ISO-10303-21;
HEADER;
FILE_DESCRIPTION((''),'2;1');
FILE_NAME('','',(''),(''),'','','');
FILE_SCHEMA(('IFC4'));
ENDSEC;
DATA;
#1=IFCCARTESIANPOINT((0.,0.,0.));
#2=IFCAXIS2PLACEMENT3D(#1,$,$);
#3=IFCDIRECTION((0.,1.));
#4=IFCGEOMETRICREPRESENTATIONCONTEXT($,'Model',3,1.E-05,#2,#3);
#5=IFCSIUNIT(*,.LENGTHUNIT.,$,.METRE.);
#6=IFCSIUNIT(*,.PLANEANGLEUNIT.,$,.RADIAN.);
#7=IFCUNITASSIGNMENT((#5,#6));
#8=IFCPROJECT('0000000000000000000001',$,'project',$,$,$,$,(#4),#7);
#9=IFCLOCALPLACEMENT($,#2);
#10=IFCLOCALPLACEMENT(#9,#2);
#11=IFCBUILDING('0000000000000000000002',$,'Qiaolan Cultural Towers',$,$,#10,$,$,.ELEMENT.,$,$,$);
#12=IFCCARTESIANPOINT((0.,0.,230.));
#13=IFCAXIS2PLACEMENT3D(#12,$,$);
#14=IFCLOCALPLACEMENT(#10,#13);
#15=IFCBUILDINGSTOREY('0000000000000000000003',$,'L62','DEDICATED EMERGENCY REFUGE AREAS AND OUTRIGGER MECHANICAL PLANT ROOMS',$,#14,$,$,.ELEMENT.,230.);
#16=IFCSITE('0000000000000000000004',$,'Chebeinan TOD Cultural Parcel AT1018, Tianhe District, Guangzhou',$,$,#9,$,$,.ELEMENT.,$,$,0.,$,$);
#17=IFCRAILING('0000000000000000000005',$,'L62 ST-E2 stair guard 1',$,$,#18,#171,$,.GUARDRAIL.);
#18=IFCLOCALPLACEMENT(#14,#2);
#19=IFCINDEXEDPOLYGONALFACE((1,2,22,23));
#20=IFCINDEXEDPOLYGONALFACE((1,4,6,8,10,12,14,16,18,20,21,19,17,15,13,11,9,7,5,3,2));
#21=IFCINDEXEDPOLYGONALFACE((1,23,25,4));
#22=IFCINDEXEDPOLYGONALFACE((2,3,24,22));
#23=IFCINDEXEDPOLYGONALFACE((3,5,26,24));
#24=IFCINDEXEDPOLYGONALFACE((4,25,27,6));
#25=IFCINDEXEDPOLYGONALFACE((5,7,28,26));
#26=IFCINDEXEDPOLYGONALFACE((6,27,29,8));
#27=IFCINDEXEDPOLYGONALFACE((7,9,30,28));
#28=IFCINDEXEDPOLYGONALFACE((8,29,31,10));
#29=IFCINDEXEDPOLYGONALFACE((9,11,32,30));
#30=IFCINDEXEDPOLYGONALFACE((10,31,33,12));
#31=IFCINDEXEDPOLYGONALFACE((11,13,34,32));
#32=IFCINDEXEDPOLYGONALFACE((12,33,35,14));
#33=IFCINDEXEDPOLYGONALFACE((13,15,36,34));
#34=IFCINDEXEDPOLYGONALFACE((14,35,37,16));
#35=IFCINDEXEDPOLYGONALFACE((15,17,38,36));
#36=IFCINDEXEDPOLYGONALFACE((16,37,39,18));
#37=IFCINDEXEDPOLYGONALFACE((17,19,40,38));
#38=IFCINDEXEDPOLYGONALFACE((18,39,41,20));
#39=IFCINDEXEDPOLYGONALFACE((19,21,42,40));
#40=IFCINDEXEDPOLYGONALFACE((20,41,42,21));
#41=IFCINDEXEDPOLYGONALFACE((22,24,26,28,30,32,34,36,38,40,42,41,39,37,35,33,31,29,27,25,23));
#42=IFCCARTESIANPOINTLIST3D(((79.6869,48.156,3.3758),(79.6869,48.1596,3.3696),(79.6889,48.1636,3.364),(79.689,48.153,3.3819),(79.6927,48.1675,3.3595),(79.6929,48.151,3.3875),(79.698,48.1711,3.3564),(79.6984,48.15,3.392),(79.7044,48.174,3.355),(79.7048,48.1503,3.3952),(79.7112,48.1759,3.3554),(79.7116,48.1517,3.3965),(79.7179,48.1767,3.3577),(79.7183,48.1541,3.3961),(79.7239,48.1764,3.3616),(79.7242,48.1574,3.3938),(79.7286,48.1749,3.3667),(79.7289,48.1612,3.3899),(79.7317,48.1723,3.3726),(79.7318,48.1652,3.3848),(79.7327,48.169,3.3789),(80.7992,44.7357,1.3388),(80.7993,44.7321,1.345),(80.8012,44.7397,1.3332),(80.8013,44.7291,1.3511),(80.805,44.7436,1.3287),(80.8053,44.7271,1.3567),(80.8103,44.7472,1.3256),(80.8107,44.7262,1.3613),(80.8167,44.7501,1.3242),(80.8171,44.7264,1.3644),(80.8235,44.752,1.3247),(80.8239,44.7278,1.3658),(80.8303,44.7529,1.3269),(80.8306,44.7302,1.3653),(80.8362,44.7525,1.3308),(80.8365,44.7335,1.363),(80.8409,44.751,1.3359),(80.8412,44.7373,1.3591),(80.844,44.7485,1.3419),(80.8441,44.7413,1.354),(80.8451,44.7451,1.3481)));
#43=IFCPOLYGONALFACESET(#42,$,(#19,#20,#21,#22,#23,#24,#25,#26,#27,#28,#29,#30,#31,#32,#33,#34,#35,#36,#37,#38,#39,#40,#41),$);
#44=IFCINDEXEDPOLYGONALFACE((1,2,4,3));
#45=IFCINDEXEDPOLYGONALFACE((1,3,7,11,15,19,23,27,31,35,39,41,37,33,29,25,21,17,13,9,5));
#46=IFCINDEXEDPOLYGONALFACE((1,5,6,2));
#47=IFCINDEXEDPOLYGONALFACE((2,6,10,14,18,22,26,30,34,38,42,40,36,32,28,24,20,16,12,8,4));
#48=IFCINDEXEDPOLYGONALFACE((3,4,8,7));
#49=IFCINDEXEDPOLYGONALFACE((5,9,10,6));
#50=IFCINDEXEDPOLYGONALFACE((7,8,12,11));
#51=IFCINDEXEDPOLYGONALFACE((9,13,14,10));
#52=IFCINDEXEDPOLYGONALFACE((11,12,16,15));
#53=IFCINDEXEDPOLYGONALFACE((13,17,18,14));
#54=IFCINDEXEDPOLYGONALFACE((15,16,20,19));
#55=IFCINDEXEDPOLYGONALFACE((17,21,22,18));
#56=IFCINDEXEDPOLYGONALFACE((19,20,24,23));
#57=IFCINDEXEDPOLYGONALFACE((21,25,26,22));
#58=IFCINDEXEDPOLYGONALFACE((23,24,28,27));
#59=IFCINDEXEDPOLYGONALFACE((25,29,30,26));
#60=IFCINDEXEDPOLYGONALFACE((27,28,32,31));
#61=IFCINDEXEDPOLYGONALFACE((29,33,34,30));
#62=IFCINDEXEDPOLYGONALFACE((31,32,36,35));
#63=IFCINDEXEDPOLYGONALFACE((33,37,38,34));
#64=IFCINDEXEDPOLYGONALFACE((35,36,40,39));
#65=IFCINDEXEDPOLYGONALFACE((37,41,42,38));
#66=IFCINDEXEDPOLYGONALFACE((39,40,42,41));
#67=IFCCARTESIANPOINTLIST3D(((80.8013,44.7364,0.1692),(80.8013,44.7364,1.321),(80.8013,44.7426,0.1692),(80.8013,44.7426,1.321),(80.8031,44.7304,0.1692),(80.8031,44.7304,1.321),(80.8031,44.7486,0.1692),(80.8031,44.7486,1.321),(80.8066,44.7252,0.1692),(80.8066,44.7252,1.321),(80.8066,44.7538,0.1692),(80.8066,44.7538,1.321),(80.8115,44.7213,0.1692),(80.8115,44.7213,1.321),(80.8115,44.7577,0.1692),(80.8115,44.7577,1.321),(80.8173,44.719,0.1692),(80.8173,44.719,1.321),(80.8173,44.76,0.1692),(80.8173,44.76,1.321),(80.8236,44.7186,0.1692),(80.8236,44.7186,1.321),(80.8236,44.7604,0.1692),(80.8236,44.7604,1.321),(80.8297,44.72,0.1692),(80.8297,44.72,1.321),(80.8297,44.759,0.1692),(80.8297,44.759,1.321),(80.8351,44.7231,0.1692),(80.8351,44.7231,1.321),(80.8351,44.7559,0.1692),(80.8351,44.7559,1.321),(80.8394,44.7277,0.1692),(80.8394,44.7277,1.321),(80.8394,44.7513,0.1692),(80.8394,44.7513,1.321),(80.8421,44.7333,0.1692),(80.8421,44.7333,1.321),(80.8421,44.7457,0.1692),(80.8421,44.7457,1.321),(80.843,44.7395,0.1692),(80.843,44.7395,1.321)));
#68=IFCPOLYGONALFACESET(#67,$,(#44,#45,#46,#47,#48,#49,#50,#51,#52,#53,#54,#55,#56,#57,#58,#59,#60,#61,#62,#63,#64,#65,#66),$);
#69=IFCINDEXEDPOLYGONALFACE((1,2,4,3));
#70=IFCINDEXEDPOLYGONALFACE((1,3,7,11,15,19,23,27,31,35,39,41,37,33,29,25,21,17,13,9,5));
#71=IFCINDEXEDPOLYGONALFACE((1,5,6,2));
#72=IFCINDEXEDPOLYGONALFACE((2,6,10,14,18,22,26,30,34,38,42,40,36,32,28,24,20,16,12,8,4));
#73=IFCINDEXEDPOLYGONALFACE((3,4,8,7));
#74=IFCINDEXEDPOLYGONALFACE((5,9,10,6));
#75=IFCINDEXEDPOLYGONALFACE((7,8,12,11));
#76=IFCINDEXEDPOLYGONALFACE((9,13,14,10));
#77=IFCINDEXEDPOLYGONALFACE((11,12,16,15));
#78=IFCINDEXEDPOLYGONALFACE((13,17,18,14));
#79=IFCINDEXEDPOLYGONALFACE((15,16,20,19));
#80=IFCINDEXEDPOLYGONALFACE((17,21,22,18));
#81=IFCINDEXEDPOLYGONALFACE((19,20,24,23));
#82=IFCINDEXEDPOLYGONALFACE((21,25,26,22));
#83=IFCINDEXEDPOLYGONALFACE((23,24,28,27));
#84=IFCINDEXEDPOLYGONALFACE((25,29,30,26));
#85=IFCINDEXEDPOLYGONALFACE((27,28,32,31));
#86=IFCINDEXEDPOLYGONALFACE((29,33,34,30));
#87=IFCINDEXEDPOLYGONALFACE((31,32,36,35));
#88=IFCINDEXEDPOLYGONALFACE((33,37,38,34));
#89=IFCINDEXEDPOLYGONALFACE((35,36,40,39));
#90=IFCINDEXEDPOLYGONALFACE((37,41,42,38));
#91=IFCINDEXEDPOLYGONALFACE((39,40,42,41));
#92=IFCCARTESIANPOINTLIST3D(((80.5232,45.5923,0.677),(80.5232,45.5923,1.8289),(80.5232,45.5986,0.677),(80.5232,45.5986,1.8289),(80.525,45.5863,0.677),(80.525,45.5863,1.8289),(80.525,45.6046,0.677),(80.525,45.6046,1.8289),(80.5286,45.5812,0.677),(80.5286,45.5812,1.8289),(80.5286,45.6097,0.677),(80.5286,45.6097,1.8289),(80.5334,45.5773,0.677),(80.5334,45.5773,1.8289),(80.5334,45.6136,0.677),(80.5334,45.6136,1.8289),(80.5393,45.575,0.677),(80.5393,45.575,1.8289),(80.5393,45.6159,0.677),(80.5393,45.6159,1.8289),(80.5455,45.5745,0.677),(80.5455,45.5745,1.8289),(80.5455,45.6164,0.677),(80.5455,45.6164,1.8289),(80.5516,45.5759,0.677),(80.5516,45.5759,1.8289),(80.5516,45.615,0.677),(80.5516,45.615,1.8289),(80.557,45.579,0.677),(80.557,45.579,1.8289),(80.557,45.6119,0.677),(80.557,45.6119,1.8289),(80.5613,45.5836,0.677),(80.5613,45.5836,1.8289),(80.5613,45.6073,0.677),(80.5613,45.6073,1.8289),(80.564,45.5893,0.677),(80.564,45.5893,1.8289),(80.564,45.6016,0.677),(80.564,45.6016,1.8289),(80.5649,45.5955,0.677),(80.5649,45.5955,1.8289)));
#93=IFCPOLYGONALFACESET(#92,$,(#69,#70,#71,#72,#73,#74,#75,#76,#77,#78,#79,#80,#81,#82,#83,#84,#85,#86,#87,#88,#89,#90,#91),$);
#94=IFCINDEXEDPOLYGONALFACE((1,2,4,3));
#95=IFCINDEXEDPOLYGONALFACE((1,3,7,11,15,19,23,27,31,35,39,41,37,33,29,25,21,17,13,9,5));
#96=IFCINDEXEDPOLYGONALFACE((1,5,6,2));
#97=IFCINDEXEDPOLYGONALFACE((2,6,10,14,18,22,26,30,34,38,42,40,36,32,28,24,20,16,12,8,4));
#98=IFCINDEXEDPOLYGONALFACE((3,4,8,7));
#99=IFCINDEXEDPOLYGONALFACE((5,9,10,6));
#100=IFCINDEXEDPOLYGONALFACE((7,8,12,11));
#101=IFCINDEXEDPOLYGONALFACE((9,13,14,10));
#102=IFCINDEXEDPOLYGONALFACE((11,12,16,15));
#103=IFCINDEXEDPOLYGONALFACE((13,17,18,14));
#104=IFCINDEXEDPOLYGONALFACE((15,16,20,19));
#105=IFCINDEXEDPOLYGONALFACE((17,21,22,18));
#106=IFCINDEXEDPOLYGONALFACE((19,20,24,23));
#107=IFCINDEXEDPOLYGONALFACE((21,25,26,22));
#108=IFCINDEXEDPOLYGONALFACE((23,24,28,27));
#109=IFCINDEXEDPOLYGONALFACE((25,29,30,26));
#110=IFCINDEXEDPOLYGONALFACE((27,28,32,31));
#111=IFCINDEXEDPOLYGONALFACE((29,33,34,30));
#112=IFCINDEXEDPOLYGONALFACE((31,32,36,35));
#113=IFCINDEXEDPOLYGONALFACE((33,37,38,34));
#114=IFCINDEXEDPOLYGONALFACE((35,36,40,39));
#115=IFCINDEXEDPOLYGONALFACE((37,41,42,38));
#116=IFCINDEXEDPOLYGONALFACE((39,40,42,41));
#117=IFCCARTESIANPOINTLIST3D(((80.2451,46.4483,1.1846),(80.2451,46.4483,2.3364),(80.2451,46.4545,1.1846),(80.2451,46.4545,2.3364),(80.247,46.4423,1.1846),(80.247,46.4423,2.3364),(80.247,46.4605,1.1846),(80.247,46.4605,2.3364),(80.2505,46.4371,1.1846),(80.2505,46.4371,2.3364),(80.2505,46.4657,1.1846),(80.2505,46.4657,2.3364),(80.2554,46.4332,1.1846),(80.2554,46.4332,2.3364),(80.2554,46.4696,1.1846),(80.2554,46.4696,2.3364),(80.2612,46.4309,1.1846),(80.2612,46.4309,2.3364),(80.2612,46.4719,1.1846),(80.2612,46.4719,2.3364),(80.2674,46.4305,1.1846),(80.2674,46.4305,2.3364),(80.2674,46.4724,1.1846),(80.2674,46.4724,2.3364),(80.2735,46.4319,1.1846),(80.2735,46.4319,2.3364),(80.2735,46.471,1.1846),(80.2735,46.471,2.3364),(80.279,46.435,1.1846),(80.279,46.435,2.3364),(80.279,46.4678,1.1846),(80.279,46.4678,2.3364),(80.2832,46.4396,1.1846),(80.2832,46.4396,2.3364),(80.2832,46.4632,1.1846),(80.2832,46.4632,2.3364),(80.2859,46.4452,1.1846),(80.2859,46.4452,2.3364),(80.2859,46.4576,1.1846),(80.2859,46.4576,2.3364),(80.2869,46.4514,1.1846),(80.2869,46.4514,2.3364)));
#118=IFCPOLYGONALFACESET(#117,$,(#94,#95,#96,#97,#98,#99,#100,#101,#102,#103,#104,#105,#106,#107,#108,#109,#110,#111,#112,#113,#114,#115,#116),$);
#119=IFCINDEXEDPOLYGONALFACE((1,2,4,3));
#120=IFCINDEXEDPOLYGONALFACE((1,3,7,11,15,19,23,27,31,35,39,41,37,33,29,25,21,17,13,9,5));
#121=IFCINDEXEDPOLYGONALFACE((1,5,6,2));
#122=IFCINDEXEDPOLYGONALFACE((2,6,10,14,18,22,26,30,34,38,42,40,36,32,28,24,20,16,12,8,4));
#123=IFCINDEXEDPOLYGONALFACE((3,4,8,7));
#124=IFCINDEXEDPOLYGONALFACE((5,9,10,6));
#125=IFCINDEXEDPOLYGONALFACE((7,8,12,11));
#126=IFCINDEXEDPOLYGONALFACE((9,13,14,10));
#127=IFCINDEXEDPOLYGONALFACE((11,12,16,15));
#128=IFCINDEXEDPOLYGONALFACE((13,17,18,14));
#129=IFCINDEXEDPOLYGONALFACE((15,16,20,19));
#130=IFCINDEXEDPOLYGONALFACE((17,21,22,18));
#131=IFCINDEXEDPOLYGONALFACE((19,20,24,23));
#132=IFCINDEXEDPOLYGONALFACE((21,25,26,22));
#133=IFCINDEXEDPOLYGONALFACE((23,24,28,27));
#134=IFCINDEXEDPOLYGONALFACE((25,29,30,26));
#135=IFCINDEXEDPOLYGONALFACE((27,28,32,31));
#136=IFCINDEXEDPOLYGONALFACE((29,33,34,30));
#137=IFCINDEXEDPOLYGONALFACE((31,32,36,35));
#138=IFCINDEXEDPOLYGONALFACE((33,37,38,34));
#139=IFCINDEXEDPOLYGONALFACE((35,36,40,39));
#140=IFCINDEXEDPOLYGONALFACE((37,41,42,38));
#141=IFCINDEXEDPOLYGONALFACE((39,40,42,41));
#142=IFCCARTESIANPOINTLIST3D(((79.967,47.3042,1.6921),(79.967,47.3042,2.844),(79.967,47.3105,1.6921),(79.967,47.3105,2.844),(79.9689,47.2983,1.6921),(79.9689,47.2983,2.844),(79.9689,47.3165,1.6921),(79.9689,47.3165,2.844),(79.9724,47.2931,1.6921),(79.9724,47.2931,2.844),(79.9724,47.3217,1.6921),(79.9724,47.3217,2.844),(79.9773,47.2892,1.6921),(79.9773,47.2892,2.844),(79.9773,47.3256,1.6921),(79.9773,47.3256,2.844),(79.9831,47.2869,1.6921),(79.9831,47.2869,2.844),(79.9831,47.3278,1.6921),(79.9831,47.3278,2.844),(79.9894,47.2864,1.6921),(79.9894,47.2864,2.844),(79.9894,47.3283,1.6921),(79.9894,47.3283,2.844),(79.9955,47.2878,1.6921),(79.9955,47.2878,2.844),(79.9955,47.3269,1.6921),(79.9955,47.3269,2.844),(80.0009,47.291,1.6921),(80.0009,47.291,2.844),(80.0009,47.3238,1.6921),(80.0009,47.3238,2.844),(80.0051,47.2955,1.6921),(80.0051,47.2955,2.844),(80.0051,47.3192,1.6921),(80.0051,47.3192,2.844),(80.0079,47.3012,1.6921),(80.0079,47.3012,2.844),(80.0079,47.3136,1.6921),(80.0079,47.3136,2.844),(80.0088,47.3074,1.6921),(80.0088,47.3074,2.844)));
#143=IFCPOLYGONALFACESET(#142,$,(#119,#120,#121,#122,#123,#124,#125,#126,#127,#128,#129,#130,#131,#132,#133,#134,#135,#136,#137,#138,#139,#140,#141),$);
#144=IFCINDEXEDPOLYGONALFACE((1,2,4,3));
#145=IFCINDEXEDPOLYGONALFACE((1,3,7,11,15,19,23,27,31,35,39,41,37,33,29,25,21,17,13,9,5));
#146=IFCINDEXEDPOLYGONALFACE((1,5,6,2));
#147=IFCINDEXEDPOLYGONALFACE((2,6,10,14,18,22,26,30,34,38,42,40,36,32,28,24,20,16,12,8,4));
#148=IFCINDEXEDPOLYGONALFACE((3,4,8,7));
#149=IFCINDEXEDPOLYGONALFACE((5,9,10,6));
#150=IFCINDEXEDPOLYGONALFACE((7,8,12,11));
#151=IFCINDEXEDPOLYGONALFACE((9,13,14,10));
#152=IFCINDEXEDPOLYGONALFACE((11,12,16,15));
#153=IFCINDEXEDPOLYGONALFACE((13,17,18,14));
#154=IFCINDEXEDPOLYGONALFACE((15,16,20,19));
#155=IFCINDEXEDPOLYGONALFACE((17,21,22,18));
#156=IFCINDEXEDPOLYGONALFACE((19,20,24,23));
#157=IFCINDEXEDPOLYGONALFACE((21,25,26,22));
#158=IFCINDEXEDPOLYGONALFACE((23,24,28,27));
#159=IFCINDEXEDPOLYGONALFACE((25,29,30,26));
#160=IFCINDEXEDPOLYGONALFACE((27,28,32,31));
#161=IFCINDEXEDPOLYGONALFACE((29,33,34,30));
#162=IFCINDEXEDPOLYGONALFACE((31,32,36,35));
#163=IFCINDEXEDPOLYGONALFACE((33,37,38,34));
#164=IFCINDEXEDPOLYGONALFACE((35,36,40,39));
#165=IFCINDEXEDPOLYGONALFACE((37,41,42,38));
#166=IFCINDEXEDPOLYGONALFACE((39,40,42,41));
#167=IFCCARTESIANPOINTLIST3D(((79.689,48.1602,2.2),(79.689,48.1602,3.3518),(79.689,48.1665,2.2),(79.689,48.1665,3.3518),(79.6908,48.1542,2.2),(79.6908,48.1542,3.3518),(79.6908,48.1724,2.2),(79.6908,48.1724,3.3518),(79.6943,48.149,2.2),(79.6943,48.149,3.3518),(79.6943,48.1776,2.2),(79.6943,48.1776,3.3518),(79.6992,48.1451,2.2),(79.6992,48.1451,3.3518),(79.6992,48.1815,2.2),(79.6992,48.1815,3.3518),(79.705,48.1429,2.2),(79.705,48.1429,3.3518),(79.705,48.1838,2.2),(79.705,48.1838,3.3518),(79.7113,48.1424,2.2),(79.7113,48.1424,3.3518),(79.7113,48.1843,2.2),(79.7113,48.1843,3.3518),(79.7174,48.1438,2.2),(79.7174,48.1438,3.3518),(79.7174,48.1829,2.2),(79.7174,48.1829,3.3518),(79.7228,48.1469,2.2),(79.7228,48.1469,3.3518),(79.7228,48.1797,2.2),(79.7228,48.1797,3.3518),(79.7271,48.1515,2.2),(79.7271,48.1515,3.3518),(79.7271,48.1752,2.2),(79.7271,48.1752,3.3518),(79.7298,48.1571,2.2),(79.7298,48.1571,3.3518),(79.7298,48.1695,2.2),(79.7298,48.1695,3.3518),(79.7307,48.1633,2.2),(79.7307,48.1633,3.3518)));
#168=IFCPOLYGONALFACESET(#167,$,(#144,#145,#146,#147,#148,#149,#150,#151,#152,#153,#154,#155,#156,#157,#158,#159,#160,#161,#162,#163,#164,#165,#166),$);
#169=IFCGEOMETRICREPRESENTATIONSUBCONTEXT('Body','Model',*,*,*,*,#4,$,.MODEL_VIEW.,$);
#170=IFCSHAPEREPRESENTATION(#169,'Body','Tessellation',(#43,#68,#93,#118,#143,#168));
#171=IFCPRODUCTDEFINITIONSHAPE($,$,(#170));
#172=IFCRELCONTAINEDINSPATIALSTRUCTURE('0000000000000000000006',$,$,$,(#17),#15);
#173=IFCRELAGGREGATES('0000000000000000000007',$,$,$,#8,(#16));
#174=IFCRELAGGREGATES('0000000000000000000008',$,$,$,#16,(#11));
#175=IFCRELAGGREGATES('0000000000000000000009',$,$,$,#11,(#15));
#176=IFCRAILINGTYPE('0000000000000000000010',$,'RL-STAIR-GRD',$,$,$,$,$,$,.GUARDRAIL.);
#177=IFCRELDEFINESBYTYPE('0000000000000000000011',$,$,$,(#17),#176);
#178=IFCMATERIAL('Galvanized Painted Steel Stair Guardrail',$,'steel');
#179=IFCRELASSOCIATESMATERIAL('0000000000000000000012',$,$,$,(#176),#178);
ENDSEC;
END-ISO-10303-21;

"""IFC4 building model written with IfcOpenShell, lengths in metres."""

from ifc_helpers import new_model, si_unit, direction, frame, origin, origin_2d, place, context, subcontext, project, spatial, circle, extrude, material, type_object, element, save


model = new_model("IFC4")

# Units and contexts
model_context = context("Model", 3, precision=1e-05, world=origin(), true_north=direction((0.0, 1.0)))
body_context = subcontext(model_context, "Body", "Model", "MODEL_VIEW")
ifc_project = project(units=[si_unit("LENGTHUNIT", "METRE"), si_unit("PLANEANGLEUNIT", "RADIAN")], contexts=[model_context])

# Site, building, storey
site_placement = place(None, origin())
site = spatial("IfcSite", under=ifc_project, at=site_placement, Name="Chebeinan TOD Cultural Parcel AT1018, Tianhe District, Guangzhou", CompositionType="ELEMENT", RefElevation=0.0)
building_placement = place(site_placement, origin())
building = spatial("IfcBuilding", under=site, at=building_placement, Name="Qiaolan Cultural Towers", CompositionType="ELEMENT")
storey_placement = place(building_placement, frame((0.0, 0.0, 230.0)))
storey = spatial("IfcBuildingStorey", under=building, at=storey_placement, Name="L62", Description="DEDICATED EMERGENCY REFUGE AREAS AND OUTRIGGER MECHANICAL PLANT ROOMS", CompositionType="ELEMENT", Elevation=230.0)

# Railing
ifc_material_1 = material(Name="Galvanized Painted Steel Stair Guardrail", Category="steel")
railing_type_1 = type_object("IfcRailingType", Name="RL-STAIR-GRD", PredefinedType="GUARDRAIL", material=ifc_material_1)
railing_1_placement = place(storey_placement, frame((80.822, 44.7395, 0.1692)))
element("IfcRailing", 1, at=railing_1_placement, inside=storey, type_object=railing_type_1, Name="L62 ST-E2 stair guard 1", PredefinedType="GUARDRAIL", context=body_context, shape_type="SweptSolid", body=[
    extrude(circle(Radius=0.0239, at=origin_2d()), frame((0.0, 0.0, 1.1758), z_axis=(-0.269111, 0.828361, 0.491322), x_axis=(-0.95107, -0.308976, 0.0)), (0.0, 0.0, 1.0), 4.1333),
    extrude(circle(Radius=0.021, at=origin_2d()), origin(), (0.0, 0.0, 1.0), 1.1519),
    extrude(circle(Radius=0.021, at=origin_2d()), frame((-0.2781, 0.856, 0.5078)), (0.0, 0.0, 1.0), 1.1519),
    extrude(circle(Radius=0.021, at=origin_2d()), frame((-0.5562, 1.7119, 1.0154)), (0.0, 0.0, 1.0), 1.1519),
    extrude(circle(Radius=0.021, at=origin_2d()), frame((-0.8342, 2.5679, 1.5229)), (0.0, 0.0, 1.0), 1.1519),
    extrude(circle(Radius=0.021, at=origin_2d()), frame((-1.1123, 3.4238, 2.0308)), (0.0, 0.0, 1.0), 1.1519),
])

save(model, "model.ifc")
